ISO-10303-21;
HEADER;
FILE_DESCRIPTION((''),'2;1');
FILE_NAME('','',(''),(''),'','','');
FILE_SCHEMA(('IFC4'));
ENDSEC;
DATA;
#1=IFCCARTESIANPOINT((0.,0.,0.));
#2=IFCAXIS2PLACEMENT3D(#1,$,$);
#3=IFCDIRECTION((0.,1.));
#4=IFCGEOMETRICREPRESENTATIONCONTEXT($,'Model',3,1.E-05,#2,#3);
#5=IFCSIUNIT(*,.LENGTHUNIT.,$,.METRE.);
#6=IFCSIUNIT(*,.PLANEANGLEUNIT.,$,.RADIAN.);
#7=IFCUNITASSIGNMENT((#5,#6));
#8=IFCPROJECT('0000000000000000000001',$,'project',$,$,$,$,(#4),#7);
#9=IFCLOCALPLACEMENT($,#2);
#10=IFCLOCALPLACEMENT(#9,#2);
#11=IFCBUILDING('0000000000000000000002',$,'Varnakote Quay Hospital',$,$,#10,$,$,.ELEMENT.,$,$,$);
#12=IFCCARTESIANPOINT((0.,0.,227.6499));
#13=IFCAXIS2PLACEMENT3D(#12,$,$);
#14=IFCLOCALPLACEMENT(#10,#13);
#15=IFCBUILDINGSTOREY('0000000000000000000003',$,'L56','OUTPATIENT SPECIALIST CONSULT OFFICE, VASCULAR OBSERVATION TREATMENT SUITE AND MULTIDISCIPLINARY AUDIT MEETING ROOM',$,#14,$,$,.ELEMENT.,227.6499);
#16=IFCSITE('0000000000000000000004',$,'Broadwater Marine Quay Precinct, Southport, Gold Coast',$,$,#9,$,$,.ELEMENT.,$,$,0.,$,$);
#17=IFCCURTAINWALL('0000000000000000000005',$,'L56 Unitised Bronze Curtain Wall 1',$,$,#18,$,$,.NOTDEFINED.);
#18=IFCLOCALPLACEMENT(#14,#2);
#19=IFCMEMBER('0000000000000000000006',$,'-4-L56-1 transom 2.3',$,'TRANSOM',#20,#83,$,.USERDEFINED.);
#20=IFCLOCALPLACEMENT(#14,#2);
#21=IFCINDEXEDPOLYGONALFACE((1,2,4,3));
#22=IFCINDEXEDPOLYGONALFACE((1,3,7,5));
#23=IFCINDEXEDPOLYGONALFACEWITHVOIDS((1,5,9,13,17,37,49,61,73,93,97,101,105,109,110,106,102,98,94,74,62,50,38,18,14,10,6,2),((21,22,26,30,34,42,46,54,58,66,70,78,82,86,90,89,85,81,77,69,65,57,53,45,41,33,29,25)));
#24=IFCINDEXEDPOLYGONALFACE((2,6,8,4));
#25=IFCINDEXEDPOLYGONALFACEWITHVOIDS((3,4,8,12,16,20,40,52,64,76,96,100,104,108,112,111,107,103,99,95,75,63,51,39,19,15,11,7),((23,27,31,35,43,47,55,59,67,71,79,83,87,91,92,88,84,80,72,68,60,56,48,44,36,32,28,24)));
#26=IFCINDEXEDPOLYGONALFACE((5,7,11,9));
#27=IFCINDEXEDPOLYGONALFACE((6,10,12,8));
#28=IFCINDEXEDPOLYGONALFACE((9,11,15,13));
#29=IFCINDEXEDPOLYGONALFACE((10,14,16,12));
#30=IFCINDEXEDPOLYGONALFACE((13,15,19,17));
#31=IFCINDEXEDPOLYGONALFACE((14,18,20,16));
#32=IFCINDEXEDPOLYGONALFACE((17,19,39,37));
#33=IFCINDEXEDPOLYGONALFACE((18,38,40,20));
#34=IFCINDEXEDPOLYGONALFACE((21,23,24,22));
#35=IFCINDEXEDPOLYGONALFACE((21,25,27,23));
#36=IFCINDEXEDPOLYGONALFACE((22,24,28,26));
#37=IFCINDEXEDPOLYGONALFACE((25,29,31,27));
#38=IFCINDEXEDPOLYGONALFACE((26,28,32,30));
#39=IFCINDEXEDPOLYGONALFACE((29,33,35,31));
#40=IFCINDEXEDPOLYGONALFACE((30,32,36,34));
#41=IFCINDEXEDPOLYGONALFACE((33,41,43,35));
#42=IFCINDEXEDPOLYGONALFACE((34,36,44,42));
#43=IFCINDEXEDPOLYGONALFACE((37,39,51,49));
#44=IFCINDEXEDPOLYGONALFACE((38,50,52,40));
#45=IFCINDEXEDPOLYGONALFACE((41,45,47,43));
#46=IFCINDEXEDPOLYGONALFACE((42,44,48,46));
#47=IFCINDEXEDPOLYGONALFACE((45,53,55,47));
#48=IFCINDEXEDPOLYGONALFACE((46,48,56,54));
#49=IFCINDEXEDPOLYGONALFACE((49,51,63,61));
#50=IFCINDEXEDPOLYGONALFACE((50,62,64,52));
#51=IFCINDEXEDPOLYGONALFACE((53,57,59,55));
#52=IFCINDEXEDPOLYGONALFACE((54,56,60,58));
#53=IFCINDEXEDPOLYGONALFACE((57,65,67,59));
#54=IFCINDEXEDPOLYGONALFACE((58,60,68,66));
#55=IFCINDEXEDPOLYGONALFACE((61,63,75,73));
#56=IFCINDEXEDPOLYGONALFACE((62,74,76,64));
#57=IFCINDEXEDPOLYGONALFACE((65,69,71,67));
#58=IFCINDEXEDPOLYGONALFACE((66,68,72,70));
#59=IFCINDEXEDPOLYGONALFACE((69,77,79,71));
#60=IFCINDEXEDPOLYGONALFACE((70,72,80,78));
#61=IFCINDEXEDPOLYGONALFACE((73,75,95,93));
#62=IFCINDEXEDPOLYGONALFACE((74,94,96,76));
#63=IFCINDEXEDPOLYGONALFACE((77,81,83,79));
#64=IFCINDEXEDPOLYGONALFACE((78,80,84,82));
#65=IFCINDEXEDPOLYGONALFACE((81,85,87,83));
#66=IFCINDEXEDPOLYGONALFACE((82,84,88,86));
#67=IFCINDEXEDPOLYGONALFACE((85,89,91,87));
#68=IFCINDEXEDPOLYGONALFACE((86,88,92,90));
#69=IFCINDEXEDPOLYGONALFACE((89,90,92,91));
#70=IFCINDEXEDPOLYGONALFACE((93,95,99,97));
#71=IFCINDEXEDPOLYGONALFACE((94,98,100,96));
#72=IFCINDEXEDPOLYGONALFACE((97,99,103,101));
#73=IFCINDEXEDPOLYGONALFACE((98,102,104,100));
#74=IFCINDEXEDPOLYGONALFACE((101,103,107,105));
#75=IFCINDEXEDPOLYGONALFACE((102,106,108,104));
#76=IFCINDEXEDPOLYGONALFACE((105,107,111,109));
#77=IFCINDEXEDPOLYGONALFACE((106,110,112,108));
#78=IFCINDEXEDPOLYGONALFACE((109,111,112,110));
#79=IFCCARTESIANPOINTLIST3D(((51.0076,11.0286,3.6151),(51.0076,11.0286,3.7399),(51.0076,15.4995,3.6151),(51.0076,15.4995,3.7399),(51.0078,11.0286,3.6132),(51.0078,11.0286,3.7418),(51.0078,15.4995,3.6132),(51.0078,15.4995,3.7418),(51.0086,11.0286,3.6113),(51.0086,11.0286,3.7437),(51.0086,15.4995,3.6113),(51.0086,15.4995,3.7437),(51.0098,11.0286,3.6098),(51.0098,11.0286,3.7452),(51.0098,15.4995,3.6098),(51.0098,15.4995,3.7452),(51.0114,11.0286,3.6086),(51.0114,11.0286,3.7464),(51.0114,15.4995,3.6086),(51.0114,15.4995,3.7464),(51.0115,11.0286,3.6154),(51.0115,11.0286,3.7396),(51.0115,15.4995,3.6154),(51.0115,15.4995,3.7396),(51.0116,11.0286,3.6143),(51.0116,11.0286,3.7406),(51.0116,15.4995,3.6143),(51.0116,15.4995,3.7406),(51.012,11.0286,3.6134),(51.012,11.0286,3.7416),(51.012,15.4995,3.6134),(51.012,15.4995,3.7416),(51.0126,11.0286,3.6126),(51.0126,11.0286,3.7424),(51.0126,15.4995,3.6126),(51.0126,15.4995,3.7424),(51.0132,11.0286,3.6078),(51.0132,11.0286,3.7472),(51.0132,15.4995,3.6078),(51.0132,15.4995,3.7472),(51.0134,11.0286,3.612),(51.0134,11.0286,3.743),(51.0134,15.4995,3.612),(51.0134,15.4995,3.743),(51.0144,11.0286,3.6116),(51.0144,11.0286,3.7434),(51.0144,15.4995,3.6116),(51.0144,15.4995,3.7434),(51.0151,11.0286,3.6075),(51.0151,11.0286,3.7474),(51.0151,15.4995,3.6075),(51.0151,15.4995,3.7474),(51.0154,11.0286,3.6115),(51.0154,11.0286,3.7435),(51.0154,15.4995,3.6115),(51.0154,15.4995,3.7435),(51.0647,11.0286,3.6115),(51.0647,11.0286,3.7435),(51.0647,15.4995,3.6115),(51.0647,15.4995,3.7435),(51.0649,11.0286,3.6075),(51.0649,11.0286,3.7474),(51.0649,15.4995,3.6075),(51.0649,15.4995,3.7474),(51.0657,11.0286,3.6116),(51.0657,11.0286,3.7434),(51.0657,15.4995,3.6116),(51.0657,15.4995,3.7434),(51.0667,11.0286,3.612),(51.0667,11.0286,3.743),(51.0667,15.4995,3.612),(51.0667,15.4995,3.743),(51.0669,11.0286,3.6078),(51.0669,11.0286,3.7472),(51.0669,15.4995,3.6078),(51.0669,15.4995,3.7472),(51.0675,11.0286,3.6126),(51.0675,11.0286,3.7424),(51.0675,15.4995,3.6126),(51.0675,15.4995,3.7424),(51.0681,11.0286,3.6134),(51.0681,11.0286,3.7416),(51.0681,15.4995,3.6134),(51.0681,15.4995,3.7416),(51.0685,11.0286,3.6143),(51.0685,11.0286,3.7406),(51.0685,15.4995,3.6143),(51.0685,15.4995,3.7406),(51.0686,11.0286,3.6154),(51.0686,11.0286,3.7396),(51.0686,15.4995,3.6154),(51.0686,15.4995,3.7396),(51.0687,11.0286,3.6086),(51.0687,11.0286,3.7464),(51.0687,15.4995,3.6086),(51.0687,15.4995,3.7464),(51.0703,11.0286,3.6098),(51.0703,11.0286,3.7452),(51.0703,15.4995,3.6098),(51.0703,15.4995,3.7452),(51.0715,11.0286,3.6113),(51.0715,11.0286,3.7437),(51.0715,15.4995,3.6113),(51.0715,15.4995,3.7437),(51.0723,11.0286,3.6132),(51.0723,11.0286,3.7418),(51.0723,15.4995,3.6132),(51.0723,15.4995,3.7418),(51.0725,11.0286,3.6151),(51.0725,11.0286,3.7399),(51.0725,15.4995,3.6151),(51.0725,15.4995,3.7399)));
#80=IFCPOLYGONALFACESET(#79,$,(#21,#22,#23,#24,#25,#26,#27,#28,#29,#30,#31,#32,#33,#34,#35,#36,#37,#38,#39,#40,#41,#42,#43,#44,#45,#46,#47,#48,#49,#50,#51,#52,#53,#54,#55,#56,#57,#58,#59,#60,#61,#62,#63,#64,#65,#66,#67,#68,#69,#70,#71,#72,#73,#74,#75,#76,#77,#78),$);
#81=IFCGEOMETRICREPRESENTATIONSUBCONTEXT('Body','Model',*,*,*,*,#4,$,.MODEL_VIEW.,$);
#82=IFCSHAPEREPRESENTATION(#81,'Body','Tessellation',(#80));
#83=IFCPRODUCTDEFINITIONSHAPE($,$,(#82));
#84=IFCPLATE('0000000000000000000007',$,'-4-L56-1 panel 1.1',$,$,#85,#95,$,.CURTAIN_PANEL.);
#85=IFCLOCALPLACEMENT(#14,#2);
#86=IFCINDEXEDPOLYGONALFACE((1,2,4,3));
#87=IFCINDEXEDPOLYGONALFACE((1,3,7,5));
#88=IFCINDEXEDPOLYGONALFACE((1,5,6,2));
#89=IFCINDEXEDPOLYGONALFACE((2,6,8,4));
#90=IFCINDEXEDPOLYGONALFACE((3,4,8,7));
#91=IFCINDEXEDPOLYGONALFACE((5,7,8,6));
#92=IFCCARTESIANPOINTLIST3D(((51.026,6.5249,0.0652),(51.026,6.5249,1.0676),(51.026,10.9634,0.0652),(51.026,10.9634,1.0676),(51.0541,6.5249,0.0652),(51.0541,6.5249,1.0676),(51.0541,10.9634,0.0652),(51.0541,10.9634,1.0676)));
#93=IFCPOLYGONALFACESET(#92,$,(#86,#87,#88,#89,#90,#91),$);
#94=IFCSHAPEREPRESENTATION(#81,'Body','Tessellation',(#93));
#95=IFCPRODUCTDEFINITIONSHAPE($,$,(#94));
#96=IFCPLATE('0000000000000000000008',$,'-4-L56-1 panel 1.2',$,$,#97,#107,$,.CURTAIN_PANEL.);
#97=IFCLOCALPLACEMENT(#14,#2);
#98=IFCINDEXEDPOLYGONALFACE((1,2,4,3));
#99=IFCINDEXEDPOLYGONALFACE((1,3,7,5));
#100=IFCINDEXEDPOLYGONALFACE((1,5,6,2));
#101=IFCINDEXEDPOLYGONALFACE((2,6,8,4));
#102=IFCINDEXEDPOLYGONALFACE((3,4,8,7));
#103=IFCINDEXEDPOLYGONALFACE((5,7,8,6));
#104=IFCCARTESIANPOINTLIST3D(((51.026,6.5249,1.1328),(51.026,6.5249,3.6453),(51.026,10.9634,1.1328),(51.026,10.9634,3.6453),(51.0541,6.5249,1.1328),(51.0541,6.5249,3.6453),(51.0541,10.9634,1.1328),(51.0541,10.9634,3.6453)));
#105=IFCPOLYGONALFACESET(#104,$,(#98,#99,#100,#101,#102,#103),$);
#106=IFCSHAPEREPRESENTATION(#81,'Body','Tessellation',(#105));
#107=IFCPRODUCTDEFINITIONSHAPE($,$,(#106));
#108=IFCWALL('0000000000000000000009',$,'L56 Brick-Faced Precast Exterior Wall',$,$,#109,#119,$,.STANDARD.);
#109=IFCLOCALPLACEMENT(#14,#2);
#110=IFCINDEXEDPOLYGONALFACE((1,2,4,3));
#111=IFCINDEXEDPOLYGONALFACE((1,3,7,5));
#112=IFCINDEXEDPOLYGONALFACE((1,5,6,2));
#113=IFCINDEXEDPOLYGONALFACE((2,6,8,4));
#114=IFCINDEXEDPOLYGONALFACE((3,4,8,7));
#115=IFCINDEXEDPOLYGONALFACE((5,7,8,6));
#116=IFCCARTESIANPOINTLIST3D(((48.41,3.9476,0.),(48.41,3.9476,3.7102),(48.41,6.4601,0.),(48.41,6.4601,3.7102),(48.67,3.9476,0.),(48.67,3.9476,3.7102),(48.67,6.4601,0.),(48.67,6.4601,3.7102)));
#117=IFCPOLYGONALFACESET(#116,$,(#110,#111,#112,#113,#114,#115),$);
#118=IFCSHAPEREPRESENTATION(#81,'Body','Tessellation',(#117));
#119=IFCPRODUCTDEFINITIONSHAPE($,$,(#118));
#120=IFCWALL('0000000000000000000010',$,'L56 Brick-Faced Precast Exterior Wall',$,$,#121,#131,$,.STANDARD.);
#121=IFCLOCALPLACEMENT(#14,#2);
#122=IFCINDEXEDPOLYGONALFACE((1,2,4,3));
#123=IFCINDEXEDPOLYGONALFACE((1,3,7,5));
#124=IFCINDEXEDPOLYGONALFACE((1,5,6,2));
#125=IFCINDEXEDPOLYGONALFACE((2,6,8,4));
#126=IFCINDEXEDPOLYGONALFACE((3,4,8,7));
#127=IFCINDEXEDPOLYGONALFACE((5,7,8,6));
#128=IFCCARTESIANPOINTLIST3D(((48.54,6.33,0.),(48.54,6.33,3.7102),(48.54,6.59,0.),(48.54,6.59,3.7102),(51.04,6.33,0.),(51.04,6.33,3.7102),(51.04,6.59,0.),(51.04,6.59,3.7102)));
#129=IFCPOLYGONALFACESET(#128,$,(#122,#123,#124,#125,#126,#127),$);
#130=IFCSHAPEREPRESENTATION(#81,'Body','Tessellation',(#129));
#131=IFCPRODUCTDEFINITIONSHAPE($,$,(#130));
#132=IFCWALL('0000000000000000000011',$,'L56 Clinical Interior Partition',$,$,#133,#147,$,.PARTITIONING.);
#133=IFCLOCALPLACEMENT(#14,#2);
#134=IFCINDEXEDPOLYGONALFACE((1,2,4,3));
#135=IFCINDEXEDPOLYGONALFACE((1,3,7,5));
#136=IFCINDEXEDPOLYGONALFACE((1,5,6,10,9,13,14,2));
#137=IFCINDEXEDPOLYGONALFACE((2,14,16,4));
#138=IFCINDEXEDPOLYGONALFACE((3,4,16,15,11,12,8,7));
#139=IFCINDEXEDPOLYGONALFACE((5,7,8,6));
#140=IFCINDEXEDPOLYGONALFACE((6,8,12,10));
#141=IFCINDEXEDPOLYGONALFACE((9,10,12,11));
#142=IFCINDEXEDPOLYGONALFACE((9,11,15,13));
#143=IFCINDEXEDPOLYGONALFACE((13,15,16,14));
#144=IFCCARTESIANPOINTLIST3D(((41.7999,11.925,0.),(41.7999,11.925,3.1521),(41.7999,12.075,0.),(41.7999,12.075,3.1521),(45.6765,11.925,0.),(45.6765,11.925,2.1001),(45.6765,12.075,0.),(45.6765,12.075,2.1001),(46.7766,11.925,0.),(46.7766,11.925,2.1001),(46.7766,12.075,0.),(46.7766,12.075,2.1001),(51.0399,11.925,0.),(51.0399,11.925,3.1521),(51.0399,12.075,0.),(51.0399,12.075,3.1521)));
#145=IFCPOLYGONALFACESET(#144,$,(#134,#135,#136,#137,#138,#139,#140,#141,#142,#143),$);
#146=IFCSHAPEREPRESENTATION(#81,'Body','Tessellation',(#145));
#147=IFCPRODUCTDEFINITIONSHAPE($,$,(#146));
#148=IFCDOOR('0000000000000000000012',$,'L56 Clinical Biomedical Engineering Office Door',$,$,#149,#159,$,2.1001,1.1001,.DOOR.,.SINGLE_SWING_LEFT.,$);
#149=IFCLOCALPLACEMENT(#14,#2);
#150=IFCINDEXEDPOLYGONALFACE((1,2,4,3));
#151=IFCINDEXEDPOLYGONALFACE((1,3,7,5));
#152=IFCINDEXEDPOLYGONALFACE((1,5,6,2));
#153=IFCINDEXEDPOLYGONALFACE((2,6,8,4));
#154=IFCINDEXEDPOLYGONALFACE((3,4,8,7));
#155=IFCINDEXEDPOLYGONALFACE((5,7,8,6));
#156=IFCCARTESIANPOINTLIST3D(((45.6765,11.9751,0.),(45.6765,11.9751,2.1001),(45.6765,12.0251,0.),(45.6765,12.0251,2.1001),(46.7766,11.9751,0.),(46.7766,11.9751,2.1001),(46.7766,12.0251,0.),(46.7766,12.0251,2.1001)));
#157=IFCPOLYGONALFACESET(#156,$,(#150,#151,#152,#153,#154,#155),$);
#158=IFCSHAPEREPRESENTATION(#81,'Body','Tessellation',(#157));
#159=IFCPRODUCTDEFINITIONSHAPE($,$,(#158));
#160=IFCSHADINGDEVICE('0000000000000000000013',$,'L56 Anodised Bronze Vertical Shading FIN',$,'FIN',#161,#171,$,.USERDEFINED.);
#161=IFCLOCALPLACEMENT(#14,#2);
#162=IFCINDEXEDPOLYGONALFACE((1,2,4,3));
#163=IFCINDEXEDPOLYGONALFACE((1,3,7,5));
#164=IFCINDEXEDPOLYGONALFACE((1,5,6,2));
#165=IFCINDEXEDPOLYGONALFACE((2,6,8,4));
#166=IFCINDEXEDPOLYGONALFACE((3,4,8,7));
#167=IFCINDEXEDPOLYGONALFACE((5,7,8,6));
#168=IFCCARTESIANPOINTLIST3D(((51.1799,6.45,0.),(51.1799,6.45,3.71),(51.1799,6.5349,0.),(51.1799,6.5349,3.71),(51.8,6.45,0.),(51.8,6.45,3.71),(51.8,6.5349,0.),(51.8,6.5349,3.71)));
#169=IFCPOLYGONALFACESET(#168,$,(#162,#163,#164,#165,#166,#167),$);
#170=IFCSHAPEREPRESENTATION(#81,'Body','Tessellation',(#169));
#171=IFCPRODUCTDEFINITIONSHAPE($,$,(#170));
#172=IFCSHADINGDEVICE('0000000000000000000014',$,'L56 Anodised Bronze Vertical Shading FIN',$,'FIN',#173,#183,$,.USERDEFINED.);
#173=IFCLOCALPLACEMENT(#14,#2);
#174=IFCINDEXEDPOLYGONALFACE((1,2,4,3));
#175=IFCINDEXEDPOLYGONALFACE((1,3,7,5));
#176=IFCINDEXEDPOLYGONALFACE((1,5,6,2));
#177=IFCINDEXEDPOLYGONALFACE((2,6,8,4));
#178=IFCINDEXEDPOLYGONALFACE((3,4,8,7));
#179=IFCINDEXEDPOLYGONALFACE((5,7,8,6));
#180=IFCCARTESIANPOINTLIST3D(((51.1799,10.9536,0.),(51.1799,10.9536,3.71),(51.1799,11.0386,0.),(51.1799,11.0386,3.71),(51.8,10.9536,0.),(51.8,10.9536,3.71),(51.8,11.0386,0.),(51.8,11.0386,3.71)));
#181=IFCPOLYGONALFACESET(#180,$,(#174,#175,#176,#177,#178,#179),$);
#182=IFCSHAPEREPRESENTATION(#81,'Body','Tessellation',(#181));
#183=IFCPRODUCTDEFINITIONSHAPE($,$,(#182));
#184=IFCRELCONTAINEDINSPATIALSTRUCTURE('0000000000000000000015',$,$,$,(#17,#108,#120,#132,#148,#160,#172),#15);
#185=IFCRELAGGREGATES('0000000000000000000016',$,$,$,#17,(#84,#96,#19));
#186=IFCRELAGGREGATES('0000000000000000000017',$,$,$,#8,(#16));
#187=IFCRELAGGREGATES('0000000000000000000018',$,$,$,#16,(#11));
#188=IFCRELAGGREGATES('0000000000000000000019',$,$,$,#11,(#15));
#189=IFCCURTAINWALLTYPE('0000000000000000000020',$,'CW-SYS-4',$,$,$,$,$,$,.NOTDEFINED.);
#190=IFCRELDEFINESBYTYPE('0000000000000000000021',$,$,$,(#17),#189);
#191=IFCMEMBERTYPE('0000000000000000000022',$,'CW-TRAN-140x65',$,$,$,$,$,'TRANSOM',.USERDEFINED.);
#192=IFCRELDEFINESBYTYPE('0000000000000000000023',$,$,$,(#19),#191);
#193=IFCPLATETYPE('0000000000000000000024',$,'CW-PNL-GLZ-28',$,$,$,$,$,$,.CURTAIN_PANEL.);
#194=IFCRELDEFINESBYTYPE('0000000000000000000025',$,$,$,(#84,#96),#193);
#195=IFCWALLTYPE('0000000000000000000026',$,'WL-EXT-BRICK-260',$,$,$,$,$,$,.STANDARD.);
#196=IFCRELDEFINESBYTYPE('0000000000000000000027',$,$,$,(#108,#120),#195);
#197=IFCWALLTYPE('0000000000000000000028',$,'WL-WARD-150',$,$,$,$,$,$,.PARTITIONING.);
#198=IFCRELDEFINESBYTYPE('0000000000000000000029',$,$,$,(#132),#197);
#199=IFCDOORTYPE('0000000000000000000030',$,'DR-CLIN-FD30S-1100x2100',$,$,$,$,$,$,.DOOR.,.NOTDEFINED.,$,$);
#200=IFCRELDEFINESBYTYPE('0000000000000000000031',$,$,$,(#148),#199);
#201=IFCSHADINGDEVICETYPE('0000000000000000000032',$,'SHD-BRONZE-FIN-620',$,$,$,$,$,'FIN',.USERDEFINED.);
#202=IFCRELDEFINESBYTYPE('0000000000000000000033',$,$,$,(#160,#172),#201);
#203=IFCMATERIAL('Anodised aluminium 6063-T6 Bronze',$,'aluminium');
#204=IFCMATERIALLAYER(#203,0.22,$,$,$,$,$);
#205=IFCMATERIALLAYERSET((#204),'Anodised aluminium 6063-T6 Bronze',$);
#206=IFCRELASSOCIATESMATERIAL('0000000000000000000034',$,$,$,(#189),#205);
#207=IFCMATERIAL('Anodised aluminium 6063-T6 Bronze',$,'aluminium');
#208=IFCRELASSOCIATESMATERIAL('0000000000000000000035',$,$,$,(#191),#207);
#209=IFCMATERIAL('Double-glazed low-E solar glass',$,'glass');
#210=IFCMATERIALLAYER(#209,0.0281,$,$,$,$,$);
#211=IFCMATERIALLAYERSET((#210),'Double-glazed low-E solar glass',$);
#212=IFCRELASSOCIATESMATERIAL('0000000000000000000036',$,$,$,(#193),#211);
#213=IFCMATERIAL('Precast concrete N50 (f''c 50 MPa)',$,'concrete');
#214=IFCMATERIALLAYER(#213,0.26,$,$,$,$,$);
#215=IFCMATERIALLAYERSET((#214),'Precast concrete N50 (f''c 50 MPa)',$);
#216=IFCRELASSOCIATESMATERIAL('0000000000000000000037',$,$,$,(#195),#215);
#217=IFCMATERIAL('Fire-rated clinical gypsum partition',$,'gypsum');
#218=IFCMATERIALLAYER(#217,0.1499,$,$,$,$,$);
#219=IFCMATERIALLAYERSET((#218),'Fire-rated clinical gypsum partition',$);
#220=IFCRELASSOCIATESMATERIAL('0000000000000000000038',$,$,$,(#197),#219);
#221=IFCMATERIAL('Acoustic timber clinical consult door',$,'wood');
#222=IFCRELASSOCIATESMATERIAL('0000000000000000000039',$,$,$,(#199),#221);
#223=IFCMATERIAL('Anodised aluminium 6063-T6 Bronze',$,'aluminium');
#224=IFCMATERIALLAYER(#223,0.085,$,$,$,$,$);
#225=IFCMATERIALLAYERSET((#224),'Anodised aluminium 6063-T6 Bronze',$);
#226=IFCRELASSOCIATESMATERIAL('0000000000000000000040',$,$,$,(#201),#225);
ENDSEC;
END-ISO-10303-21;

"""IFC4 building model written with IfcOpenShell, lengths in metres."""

from ifc_helpers import new_model, si_unit, direction, frame, frame_2d, origin, origin_2d, place, context, subcontext, project, spatial, rectangle, hollow_rectangle, extrude, material, layer, layer_set, material_profile, profile_set, type_object, element, fill, aggregate, save


model = new_model("IFC4")

# Units and contexts
model_context = context("Model", 3, precision=1e-05, world=origin(), true_north=direction((0.0, 1.0)))
body_context = subcontext(model_context, "Body", "Model", "MODEL_VIEW")
ifc_project = project(units=[si_unit("LENGTHUNIT", "METRE"), si_unit("PLANEANGLEUNIT", "RADIAN")], contexts=[model_context])

# Site, building, storey
site_placement = place(None, origin())
site = spatial("IfcSite", under=ifc_project, at=site_placement, Name="Broadwater Marine Quay Precinct, Southport, Gold Coast", CompositionType="ELEMENT", RefElevation=0.0)
building_placement = place(site_placement, origin())
building = spatial("IfcBuilding", under=site, at=building_placement, Name="Varnakote Quay Hospital", CompositionType="ELEMENT")
storey_placement = place(building_placement, frame((0.0, 0.0, 227.6499)))
storey = spatial("IfcBuildingStorey", under=building, at=storey_placement, Name="L56", Description="OUTPATIENT SPECIALIST CONSULT OFFICE, VASCULAR OBSERVATION TREATMENT SUITE AND MULTIDISCIPLINARY AUDIT MEETING ROOM", CompositionType="ELEMENT", Elevation=227.6499)

# Curtain wall, member, plates
ifc_material_1 = material(Name="Anodised aluminium 6063-T6 Bronze", Category="aluminium")
ifc_layer_1 = layer(ifc_material_1, 0.22)
ifc_layer_set_1 = layer_set([ifc_layer_1], Name="Anodised aluminium 6063-T6 Bronze")
curtain_wall_type = type_object("IfcCurtainWallType", Name="CW-SYS-4", PredefinedType="NOTDEFINED", material=ifc_layer_set_1)
curtain_wall_placement = place(storey_placement, origin())
curtain_wall = element("IfcCurtainWall", 1, at=curtain_wall_placement, inside=storey, type_object=curtain_wall_type, Name="L56 Unitised Bronze Curtain Wall 1", PredefinedType="NOTDEFINED")
ifc_material_2 = material(Name="Anodised aluminium 6063-T6 Bronze", Category="aluminium")
ifc_material_profile_1 = material_profile(ifc_material_2, hollow_rectangle(XDim=0.0649, YDim=0.1399, WallThickness=0.0039, InnerFilletRadius=0.0039, OuterFilletRadius=0.0076, at=origin_2d()), Name="CW-TRAN-140x65")
ifc_profile_set_1 = profile_set([ifc_material_profile_1], Name="Anodised aluminium 6063-T6 Bronze")
member_type_1 = type_object("IfcMemberType", Name="CW-TRAN-140x65", ElementType="TRANSOM", PredefinedType="USERDEFINED", material=ifc_profile_set_1)
member_1_placement = place(storey_placement, frame((51.04, 11.0286, 3.6775), z_axis=(0.0, 1.0, 0.0), x_axis=(-1.0, 0.0, 0.0)))
member_1 = element("IfcMember", 2, at=member_1_placement, type_object=member_type_1, Name="-4-L56-1 transom 2.3", ObjectType="TRANSOM", PredefinedType="USERDEFINED", context=body_context, shape_type="SweptSolid", body=[
    extrude(hollow_rectangle(XDim=0.0649, YDim=0.1399, WallThickness=0.0039, InnerFilletRadius=0.0039, OuterFilletRadius=0.0076, at=origin_2d()), origin(), (0.0, 0.0, 1.0), 4.4709),
])
ifc_material_3 = material(Name="Double-glazed low-E solar glass", Category="glass")
ifc_layer_2 = layer(ifc_material_3, 0.0281)
ifc_layer_set_2 = layer_set([ifc_layer_2], Name="Double-glazed low-E solar glass")
plate_type = type_object("IfcPlateType", Name="CW-PNL-GLZ-28", PredefinedType="CURTAIN_PANEL", material=ifc_layer_set_2)
plate_1_placement = place(storey_placement, frame((51.04, 8.7441, 0.0652), z_axis=(0.0, 0.0, 1.0), x_axis=(0.0, 1.0, 0.0)))
plate_1 = element("IfcPlate", 3, at=plate_1_placement, type_object=plate_type, Name="-4-L56-1 panel 1.1", PredefinedType="CURTAIN_PANEL", context=body_context, shape_type="SweptSolid", body=[
    extrude(rectangle(XDim=4.4385, YDim=0.0281, at=origin_2d()), origin(), (0.0, 0.0, 1.0), 1.0024),
])
plate_2_placement = place(storey_placement, frame((51.04, 8.7441, 1.1328), z_axis=(0.0, 0.0, 1.0), x_axis=(0.0, 1.0, 0.0)))
plate_2 = element("IfcPlate", 4, at=plate_2_placement, type_object=plate_type, Name="-4-L56-1 panel 1.2", PredefinedType="CURTAIN_PANEL", context=body_context, shape_type="SweptSolid", body=[
    extrude(rectangle(XDim=4.4385, YDim=0.0281, at=origin_2d()), origin(), (0.0, 0.0, 1.0), 2.5125),
])
aggregate(curtain_wall, [plate_1, plate_2, member_1])

# Walls
ifc_material_4 = material(Name="Precast concrete N50 (f'c 50 MPa)", Category="concrete")
ifc_layer_3 = layer(ifc_material_4, 0.26)
ifc_layer_set_3 = layer_set([ifc_layer_3], Name="Precast concrete N50 (f'c 50 MPa)")
wall_type_1 = type_object("IfcWallType", Name="WL-EXT-BRICK-260", PredefinedType="STANDARD", material=ifc_layer_set_3)
wall_1_placement = place(storey_placement, frame((48.54, 3.9475, 0.0), z_axis=(0.0, 0.0, 1.0), x_axis=(0.0, 1.0, 0.0)))
element("IfcWall", 5, at=wall_1_placement, inside=storey, type_object=wall_type_1, Name="L56 Brick-Faced Precast Exterior Wall", PredefinedType="STANDARD", context=body_context, shape_type="SweptSolid", body=[
    extrude(rectangle(XDim=2.5125, YDim=0.26, at=frame_2d((1.2563, 0.0))), origin(), (0.0, 0.0, 1.0), 3.7102),
])
wall_2_placement = place(storey_placement, frame((48.54, 6.46, 0.0), z_axis=(0.0, 0.0, 1.0), x_axis=(1.0, 0.0, 0.0)))
element("IfcWall", 6, at=wall_2_placement, inside=storey, type_object=wall_type_1, Name="L56 Brick-Faced Precast Exterior Wall", PredefinedType="STANDARD", context=body_context, shape_type="SweptSolid", body=[
    extrude(rectangle(XDim=2.5, YDim=0.26, at=frame_2d((1.25, 0.0))), origin(), (0.0, 0.0, 1.0), 3.7102),
])

# Wall, opening, door
ifc_material_5 = material(Name="Fire-rated clinical gypsum partition", Category="gypsum")
ifc_layer_4 = layer(ifc_material_5, 0.1499)
ifc_layer_set_4 = layer_set([ifc_layer_4], Name="Fire-rated clinical gypsum partition")
wall_type_2 = type_object("IfcWallType", Name="WL-WARD-150", PredefinedType="PARTITIONING", material=ifc_layer_set_4)
wall_3_placement = place(storey_placement, frame((51.04, 12.0, 0.0), z_axis=(0.0, 0.0, 1.0), x_axis=(-1.0, 0.0, 0.0)))
wall_3 = element("IfcWall", 7, at=wall_3_placement, inside=storey, type_object=wall_type_2, Name="L56 Clinical Interior Partition", PredefinedType="PARTITIONING", context=body_context, shape_type="SweptSolid", body=[
    extrude(rectangle(XDim=9.24, YDim=0.1499, at=frame_2d((4.6201, 0.0))), origin(), (0.0, 0.0, 1.0), 3.1521),
])
opening_placement = place(wall_3_placement, frame((4.2634, 0.0, 0.0)))
opening = element("IfcOpeningElement", 8, at=opening_placement, cuts=wall_3, PredefinedType="OPENING", context=body_context, shape_type="SweptSolid", body=[
    extrude(rectangle(XDim=1.1001, YDim=2.1001, at=frame_2d((0.55, 1.05))), frame((0.0, 0.085, 0.0), z_axis=(0.0, -1.0, 0.0), x_axis=(1.0, 0.0, 0.0)), (0.0, 0.0, 1.0), 0.1699),
])
ifc_material_6 = material(Name="Acoustic timber clinical consult door", Category="wood")
door_type = type_object("IfcDoorType", Name="DR-CLIN-FD30S-1100x2100", OperationType="NOTDEFINED", PredefinedType="DOOR", material=ifc_material_6)
door_placement = place(opening_placement, origin())
door = element("IfcDoor", 9, at=door_placement, inside=storey, type_object=door_type, Name="L56 Clinical Biomedical Engineering Office Door", OperationType="SINGLE_SWING_LEFT", OverallHeight=2.1001, OverallWidth=1.1001, PredefinedType="DOOR", context=body_context, shape_type="SweptSolid", body=[
    extrude(rectangle(XDim=1.1001, YDim=2.1001, at=frame_2d((0.55, 1.05))), frame((0.0, 0.0249, 0.0), z_axis=(0.0, -1.0, 0.0), x_axis=(1.0, 0.0, 0.0)), (0.0, 0.0, 1.0), 0.05),
])
fill(opening, door)

# Shading devices
ifc_material_7 = material(Name="Anodised aluminium 6063-T6 Bronze", Category="aluminium")
ifc_layer_5 = layer(ifc_material_7, 0.085)
ifc_layer_set_5 = layer_set([ifc_layer_5], Name="Anodised aluminium 6063-T6 Bronze")
shading_device_type = type_object("IfcShadingDeviceType", Name="SHD-BRONZE-FIN-620", ElementType="FIN", PredefinedType="USERDEFINED", material=ifc_layer_set_5)
for number, where, z_axis, x_axis, name in (
    (10, (51.49, 6.4924, 0.0), (0.0, 0.0, 1.0), (-1.0, 0.0, 0.0), "L56 Anodised Bronze Vertical Shading FIN"),
    (11, (51.49, 10.9961, 0.0), (0.0, 0.0, 1.0), (-1.0, 0.0, 0.0), "L56 Anodised Bronze Vertical Shading FIN"),
):
    element("IfcShadingDevice", number, at=place(storey_placement, frame(where, z_axis=z_axis, x_axis=x_axis)), inside=storey, type_object=shading_device_type, Name=name, ObjectType="FIN", PredefinedType="USERDEFINED", context=body_context, shape_type="SweptSolid", body=[
        extrude(rectangle(XDim=0.6201, YDim=0.085, at=origin_2d()), origin(), (0.0, 0.0, 1.0), 3.71),
    ])

save(model, "model.ifc")
